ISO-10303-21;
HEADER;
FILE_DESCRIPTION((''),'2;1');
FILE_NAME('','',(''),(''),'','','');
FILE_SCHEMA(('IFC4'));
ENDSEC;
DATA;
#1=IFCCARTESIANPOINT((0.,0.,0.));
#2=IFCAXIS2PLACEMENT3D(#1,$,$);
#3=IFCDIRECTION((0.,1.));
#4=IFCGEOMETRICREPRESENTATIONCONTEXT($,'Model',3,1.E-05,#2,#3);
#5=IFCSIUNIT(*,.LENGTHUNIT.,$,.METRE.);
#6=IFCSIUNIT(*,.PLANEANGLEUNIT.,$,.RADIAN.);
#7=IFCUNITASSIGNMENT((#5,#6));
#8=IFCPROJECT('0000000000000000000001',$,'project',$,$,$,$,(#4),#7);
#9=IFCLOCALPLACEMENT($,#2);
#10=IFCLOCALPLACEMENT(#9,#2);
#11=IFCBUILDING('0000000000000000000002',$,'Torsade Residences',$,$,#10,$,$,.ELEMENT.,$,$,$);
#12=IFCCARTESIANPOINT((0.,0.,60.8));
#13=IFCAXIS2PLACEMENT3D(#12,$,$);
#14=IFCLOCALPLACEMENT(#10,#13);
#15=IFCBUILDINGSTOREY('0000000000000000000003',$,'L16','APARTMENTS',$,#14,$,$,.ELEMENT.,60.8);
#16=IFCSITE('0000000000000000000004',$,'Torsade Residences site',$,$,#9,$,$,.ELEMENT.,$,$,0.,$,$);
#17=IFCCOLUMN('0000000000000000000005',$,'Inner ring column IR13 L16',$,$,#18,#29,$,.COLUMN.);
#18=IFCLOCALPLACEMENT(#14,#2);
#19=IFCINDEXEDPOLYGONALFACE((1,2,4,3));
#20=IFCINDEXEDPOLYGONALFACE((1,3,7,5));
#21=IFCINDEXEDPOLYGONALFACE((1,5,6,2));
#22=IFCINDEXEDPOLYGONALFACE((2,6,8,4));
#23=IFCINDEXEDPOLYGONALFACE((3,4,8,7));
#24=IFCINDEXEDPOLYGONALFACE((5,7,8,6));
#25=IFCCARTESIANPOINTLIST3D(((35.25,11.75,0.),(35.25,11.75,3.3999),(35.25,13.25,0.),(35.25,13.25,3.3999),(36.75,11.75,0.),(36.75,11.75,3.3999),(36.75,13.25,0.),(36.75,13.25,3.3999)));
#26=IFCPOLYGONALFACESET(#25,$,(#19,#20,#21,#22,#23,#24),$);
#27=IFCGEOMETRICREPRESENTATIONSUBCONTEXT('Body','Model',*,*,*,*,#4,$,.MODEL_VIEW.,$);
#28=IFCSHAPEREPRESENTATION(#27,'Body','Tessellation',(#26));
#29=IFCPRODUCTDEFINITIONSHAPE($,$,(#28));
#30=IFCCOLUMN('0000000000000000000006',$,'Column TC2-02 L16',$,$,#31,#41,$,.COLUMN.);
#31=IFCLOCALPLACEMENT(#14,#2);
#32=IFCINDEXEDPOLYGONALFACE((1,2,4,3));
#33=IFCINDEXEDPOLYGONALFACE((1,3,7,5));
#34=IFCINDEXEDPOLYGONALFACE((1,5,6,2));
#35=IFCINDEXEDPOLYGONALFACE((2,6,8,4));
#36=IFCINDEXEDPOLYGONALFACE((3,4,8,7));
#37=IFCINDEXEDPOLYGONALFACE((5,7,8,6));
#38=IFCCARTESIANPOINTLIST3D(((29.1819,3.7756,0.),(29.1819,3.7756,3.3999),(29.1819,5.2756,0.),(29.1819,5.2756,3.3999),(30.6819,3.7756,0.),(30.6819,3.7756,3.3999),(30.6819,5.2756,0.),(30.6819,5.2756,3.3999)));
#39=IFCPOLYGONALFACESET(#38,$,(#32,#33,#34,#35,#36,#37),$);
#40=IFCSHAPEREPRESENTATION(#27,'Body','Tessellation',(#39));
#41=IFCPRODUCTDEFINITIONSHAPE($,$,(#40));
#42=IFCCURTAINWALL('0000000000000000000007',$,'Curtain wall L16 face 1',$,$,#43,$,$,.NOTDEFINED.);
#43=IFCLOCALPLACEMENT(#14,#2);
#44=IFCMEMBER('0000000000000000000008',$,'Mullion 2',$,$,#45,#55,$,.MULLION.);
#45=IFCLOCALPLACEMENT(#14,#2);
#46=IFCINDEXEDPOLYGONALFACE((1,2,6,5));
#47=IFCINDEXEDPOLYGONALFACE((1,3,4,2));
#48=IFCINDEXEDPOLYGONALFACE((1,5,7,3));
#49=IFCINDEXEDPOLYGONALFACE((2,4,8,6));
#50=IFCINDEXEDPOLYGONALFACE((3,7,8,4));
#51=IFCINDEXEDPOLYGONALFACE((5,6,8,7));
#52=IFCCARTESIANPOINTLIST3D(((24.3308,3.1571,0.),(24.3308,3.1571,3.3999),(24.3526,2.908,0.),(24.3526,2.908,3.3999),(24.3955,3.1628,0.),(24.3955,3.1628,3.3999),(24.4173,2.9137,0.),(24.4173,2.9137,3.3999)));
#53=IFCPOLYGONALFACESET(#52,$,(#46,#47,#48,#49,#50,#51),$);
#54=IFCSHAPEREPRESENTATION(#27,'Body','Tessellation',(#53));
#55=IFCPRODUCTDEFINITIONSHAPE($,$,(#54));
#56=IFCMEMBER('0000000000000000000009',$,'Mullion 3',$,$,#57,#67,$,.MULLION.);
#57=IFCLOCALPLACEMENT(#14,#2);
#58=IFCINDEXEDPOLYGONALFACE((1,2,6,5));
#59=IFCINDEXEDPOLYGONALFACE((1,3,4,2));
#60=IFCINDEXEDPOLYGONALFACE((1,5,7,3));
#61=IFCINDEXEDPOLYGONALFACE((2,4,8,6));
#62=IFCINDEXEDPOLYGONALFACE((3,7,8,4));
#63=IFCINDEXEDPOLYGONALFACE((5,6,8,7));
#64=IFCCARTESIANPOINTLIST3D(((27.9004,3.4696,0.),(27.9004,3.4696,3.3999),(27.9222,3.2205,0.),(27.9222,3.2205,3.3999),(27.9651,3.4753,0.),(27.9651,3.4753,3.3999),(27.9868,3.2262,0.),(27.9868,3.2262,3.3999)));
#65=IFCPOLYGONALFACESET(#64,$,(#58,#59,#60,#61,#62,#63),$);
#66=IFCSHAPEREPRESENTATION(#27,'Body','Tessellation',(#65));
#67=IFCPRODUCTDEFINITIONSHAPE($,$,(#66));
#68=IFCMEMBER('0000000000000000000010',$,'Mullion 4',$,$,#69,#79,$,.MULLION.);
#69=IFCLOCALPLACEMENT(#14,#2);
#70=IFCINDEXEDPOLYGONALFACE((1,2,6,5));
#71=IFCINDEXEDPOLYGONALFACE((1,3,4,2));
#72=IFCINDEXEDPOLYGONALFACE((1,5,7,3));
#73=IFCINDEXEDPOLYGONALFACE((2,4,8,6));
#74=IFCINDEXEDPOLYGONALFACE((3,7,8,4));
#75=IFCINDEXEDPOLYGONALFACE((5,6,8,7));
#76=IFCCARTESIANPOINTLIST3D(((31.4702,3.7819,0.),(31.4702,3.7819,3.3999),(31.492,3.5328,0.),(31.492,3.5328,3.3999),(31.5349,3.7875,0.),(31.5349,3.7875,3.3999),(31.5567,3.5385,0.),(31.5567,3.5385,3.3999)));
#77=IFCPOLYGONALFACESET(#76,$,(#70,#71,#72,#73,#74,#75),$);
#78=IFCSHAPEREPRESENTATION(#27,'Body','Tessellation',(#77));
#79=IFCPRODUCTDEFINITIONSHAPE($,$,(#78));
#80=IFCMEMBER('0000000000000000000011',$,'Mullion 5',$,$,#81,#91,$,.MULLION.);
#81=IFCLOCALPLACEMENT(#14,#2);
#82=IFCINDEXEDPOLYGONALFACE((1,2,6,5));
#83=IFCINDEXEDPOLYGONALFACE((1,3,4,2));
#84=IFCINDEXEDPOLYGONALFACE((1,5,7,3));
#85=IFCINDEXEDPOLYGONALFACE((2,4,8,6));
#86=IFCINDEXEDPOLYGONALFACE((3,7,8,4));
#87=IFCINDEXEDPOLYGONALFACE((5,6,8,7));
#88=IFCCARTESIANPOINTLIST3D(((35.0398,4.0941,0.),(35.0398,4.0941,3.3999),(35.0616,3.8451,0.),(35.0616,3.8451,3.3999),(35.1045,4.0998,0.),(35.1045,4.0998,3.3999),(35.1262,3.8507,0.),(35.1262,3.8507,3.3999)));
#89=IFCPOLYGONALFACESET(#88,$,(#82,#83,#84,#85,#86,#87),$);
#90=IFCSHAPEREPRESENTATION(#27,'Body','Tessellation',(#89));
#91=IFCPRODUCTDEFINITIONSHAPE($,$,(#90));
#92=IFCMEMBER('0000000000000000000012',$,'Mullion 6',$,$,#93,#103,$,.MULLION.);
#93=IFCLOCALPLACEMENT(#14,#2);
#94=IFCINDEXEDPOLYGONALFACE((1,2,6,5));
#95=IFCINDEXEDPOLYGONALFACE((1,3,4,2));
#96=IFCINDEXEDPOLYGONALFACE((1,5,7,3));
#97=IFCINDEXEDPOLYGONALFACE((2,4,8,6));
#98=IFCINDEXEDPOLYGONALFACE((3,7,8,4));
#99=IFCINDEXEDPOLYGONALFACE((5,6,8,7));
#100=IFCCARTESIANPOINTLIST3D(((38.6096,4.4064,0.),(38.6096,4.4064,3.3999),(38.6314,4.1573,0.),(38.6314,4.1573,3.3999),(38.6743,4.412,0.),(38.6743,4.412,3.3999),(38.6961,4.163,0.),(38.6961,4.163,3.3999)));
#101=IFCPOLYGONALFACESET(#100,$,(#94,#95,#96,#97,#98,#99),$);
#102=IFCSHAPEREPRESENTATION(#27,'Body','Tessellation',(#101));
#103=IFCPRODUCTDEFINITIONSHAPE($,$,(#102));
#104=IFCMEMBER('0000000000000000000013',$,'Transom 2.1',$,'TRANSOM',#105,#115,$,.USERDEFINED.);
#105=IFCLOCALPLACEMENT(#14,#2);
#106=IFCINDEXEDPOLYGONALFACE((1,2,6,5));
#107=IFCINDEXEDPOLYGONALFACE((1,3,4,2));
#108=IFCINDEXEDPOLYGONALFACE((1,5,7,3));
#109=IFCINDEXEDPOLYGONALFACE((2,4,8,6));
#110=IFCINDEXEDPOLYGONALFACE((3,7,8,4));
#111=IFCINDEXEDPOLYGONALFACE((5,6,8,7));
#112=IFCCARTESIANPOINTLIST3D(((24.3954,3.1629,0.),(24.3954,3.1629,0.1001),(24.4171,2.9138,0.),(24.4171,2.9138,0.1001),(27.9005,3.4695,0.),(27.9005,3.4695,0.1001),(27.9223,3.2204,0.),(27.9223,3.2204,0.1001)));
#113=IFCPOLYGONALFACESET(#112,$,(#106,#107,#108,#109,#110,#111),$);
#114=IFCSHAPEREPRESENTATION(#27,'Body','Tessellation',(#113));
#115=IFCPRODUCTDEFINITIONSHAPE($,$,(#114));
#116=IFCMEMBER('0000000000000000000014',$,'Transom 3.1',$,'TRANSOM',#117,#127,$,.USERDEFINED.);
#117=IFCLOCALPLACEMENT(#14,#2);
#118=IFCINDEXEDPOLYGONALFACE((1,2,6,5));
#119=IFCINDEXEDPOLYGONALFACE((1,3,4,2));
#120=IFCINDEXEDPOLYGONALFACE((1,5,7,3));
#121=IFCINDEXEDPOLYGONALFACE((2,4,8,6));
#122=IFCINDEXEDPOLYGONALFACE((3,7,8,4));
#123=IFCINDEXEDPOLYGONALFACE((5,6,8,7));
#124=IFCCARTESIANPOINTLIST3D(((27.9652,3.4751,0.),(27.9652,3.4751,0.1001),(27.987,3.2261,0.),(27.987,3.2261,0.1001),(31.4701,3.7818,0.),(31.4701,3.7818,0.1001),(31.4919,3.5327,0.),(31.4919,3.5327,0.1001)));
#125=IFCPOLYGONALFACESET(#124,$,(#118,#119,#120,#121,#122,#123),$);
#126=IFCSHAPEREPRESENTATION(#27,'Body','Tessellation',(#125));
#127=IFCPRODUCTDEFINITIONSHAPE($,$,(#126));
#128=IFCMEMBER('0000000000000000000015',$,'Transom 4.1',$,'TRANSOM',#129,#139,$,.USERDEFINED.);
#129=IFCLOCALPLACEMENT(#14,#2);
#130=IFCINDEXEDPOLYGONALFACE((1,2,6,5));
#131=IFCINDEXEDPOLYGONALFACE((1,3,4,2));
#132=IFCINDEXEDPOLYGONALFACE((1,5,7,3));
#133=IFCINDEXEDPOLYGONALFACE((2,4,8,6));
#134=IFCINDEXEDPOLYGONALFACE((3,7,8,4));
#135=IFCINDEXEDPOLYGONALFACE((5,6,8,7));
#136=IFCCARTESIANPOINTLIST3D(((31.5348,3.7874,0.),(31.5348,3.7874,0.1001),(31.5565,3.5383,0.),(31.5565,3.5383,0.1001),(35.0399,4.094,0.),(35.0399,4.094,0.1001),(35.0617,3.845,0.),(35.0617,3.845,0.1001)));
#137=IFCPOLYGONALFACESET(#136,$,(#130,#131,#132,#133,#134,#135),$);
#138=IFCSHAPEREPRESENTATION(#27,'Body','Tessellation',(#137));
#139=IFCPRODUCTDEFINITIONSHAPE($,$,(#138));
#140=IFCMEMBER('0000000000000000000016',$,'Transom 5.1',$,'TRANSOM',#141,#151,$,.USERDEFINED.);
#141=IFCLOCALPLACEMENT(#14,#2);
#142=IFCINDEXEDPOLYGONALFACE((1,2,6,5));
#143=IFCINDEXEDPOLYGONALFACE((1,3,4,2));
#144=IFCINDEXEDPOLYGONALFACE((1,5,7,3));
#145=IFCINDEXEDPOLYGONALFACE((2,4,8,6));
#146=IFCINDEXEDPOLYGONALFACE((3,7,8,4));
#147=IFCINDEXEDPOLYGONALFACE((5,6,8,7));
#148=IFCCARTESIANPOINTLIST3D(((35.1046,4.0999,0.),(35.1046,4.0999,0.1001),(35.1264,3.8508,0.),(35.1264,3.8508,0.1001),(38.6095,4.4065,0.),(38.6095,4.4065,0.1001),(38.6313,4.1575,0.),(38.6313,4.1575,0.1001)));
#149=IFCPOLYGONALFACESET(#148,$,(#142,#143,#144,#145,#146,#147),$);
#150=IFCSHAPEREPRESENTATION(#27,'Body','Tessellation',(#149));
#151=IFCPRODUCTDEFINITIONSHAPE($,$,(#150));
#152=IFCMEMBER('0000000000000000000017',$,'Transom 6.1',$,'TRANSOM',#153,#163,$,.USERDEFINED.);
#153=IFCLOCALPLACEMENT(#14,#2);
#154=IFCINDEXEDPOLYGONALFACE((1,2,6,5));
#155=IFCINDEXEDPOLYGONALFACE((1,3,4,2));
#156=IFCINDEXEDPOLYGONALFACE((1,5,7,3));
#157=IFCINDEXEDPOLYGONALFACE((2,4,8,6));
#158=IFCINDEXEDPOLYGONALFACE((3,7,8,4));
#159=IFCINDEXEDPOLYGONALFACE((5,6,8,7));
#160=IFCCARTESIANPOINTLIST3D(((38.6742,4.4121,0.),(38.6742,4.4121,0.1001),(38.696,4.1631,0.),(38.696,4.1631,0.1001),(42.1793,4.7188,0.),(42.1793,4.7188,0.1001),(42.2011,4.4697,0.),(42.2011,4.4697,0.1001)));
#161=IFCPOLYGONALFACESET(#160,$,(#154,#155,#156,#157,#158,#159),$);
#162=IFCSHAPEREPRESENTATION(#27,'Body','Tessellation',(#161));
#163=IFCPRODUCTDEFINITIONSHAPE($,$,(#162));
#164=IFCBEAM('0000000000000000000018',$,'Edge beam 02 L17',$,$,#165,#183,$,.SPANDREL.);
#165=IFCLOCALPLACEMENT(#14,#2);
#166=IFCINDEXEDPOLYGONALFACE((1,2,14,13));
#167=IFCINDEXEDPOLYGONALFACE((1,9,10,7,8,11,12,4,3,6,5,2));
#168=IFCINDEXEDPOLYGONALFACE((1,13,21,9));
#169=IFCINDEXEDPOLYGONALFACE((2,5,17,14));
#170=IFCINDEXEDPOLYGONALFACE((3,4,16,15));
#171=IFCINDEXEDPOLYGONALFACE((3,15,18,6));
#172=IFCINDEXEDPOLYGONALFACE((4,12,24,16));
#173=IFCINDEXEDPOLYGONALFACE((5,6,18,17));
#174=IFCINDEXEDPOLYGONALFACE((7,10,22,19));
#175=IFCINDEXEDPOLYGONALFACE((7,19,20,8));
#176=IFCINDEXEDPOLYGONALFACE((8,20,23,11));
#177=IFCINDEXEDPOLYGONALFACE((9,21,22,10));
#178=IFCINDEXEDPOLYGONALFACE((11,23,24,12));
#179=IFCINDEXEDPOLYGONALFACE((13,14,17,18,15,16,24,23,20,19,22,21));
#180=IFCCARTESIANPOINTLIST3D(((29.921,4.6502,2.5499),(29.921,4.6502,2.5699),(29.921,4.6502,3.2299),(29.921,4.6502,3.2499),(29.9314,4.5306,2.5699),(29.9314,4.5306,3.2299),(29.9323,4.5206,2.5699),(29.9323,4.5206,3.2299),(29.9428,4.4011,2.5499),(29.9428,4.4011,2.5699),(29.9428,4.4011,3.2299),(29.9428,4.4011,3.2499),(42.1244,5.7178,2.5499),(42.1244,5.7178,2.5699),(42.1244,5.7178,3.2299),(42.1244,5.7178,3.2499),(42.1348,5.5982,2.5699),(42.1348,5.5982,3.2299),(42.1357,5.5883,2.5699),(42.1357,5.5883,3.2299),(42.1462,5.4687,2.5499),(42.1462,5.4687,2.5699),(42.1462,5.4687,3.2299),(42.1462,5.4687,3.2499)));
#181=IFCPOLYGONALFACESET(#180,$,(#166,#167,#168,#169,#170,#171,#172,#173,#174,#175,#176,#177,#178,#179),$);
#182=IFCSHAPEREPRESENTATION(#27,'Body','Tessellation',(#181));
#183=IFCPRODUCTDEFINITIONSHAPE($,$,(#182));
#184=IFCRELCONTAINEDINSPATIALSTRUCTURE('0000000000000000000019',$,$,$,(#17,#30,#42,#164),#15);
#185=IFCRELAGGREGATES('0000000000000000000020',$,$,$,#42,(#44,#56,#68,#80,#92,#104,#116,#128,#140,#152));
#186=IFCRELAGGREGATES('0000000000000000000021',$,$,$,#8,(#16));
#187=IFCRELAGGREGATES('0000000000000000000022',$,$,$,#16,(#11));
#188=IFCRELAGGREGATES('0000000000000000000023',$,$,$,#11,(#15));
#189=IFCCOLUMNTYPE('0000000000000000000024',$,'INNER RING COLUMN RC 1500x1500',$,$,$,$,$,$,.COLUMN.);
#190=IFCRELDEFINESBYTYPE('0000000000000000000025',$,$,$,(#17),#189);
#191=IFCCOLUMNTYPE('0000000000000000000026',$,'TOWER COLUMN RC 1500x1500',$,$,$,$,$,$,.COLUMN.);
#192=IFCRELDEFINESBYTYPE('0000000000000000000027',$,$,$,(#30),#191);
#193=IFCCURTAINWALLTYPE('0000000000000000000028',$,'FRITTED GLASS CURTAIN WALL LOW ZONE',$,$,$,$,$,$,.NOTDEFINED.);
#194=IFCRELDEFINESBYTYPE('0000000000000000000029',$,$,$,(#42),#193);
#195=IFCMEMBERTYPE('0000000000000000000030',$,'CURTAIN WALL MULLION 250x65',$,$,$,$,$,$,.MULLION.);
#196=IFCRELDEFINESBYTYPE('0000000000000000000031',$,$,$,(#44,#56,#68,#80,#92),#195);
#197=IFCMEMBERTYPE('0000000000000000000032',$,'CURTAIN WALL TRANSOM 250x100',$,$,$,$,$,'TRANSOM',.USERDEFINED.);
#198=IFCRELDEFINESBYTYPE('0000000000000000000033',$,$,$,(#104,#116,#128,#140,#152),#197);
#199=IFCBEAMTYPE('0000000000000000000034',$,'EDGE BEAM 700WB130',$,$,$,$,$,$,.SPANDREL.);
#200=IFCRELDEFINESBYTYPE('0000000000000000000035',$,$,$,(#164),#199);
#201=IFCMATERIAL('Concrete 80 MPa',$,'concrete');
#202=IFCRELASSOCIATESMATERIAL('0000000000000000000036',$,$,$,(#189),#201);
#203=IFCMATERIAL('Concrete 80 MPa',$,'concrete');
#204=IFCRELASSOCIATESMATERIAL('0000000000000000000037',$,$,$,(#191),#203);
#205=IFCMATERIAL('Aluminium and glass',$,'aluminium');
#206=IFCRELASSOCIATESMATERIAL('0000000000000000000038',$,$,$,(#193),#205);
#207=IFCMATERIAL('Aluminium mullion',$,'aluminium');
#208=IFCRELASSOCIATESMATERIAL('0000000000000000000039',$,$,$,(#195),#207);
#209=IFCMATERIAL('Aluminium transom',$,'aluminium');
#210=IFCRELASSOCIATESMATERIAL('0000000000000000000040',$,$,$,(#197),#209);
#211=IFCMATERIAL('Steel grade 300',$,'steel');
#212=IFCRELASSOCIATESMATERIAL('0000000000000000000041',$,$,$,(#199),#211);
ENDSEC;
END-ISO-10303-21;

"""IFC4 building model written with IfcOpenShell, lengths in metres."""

from ifc_helpers import new_model, si_unit, direction, frame, origin, origin_2d, place, context, subcontext, project, spatial, rectangle, i_section, extrude, material, material_profile, profile_set, type_object, element, aggregate, save


model = new_model("IFC4")

# Units and contexts
model_context = context("Model", 3, precision=1e-05, world=origin(), true_north=direction((0.0, 1.0)))
body_context = subcontext(model_context, "Body", "Model", "MODEL_VIEW")
ifc_project = project(units=[si_unit("LENGTHUNIT", "METRE"), si_unit("PLANEANGLEUNIT", "RADIAN")], contexts=[model_context])

# Site, building, storey
site_placement = place(None, origin())
site = spatial("IfcSite", under=ifc_project, at=site_placement, Name="Torsade Residences site", CompositionType="ELEMENT", RefElevation=0.0)
building_placement = place(site_placement, origin())
building = spatial("IfcBuilding", under=site, at=building_placement, Name="Torsade Residences", CompositionType="ELEMENT")
storey_placement = place(building_placement, frame((0.0, 0.0, 60.8)))
storey = spatial("IfcBuildingStorey", under=building, at=storey_placement, Name="L16", Description="APARTMENTS", CompositionType="ELEMENT", Elevation=60.8)

# Columns
ifc_material_1 = material(Name="Concrete 80 MPa", Category="concrete")
ifc_material_profile_1 = material_profile(ifc_material_1, rectangle(XDim=1.5, YDim=1.5, at=origin_2d()), Name="RC 1500x1500")
ifc_profile_set_1 = profile_set([ifc_material_profile_1], Name="Concrete 80 MPa")
column_type_1 = type_object("IfcColumnType", Name="INNER RING COLUMN RC 1500x1500", PredefinedType="COLUMN", material=ifc_profile_set_1)
column_1_placement = place(storey_placement, frame((36.0, 12.5, 0.0), z_axis=(0.0, 0.0, 1.0), x_axis=(1.0, 0.0, 0.0)))
element("IfcColumn", 1, at=column_1_placement, inside=storey, type_object=column_type_1, Name="Inner ring column IR13 L16", PredefinedType="COLUMN", context=body_context, shape_type="SweptSolid", body=[
    extrude(rectangle(XDim=1.5, YDim=1.5, at=origin_2d()), origin(), (0.0, 0.0, 1.0), 3.3999),
])
ifc_material_2 = material(Name="Concrete 80 MPa", Category="concrete")
ifc_material_profile_2 = material_profile(ifc_material_2, rectangle(XDim=1.5, YDim=1.5, at=origin_2d()), Name="RC 1500x1500")
ifc_profile_set_2 = profile_set([ifc_material_profile_2], Name="Concrete 80 MPa")
column_type_2 = type_object("IfcColumnType", Name="TOWER COLUMN RC 1500x1500", PredefinedType="COLUMN", material=ifc_profile_set_2)
column_2_placement = place(storey_placement, frame((29.9319, 4.5256, 0.0), z_axis=(0.0, 0.0, 1.0), x_axis=(1.0, 0.0, 0.0)))
element("IfcColumn", 2, at=column_2_placement, inside=storey, type_object=column_type_2, Name="Column TC2-02 L16", PredefinedType="COLUMN", context=body_context, shape_type="SweptSolid", body=[
    extrude(rectangle(XDim=1.5, YDim=1.5, at=origin_2d()), origin(), (0.0, 0.0, 1.0), 3.3999),
])

# Curtain wall, members
ifc_material_3 = material(Name="Aluminium and glass", Category="aluminium")
curtain_wall_type = type_object("IfcCurtainWallType", Name="FRITTED GLASS CURTAIN WALL LOW ZONE", PredefinedType="NOTDEFINED", material=ifc_material_3)
curtain_wall_placement = place(storey_placement, origin())
curtain_wall = element("IfcCurtainWall", 3, at=curtain_wall_placement, inside=storey, type_object=curtain_wall_type, Name="Curtain wall L16 face 1", PredefinedType="NOTDEFINED")
ifc_material_4 = material(Name="Aluminium mullion", Category="aluminium")
ifc_material_profile_3 = material_profile(ifc_material_4, rectangle(XDim=0.25, YDim=0.0649, at=origin_2d()), Name="CURTAIN WALL MULLION 250x65")
ifc_profile_set_3 = profile_set([ifc_material_profile_3], Name="Aluminium mullion")
member_type_1 = type_object("IfcMemberType", Name="CURTAIN WALL MULLION 250x65", PredefinedType="MULLION", material=ifc_profile_set_3)
member_1_placement = place(storey_placement, frame((24.374, 3.0354, 0.0), z_axis=(0.0, 0.0, 1.0), x_axis=(-0.087156, 0.996195, 0.0)))
member_1 = element("IfcMember", 4, at=member_1_placement, type_object=member_type_1, Name="Mullion 2", PredefinedType="MULLION", context=body_context, shape_type="SweptSolid", body=[
    extrude(rectangle(XDim=0.25, YDim=0.0649, at=origin_2d()), origin(), (0.0, 0.0, 1.0), 3.3999),
])
member_2_placement = place(storey_placement, frame((27.9436, 3.3479, 0.0), z_axis=(0.0, 0.0, 1.0), x_axis=(-0.087156, 0.996195, 0.0)))
member_2 = element("IfcMember", 5, at=member_2_placement, type_object=member_type_1, Name="Mullion 3", PredefinedType="MULLION", context=body_context, shape_type="SweptSolid", body=[
    extrude(rectangle(XDim=0.25, YDim=0.0649, at=origin_2d()), origin(), (0.0, 0.0, 1.0), 3.3999),
])
member_3_placement = place(storey_placement, frame((31.5134, 3.6602, 0.0), z_axis=(0.0, 0.0, 1.0), x_axis=(-0.087156, 0.996195, 0.0)))
member_3 = element("IfcMember", 6, at=member_3_placement, type_object=member_type_1, Name="Mullion 4", PredefinedType="MULLION", context=body_context, shape_type="SweptSolid", body=[
    extrude(rectangle(XDim=0.25, YDim=0.0649, at=origin_2d()), origin(), (0.0, 0.0, 1.0), 3.3999),
])
member_4_placement = place(storey_placement, frame((35.083, 3.9724, 0.0), z_axis=(0.0, 0.0, 1.0), x_axis=(-0.087156, 0.996195, 0.0)))
member_4 = element("IfcMember", 7, at=member_4_placement, type_object=member_type_1, Name="Mullion 5", PredefinedType="MULLION", context=body_context, shape_type="SweptSolid", body=[
    extrude(rectangle(XDim=0.25, YDim=0.0649, at=origin_2d()), origin(), (0.0, 0.0, 1.0), 3.3999),
])
member_5_placement = place(storey_placement, frame((38.6528, 4.2847, 0.0), z_axis=(0.0, 0.0, 1.0), x_axis=(-0.087156, 0.996195, 0.0)))
member_5 = element("IfcMember", 8, at=member_5_placement, type_object=member_type_1, Name="Mullion 6", PredefinedType="MULLION", context=body_context, shape_type="SweptSolid", body=[
    extrude(rectangle(XDim=0.25, YDim=0.0649, at=origin_2d()), origin(), (0.0, 0.0, 1.0), 3.3999),
])
ifc_material_5 = material(Name="Aluminium transom", Category="aluminium")
ifc_material_profile_4 = material_profile(ifc_material_5, rectangle(XDim=0.25, YDim=0.1001, at=origin_2d()), Name="CURTAIN WALL TRANSOM 250x100")
ifc_profile_set_4 = profile_set([ifc_material_profile_4], Name="Aluminium transom")
member_type_2 = type_object("IfcMemberType", Name="CURTAIN WALL TRANSOM 250x100", ElementType="TRANSOM", PredefinedType="USERDEFINED", material=ifc_profile_set_4)
member_6_placement = place(storey_placement, frame((24.4062, 3.0383, 0.05), z_axis=(0.996195, 0.087151, 0.0), x_axis=(-0.087151, 0.996195, 0.0)))
member_6 = element("IfcMember", 9, at=member_6_placement, type_object=member_type_2, Name="Transom 2.1", ObjectType="TRANSOM", PredefinedType="USERDEFINED", context=body_context, shape_type="SweptSolid", body=[
    extrude(rectangle(XDim=0.25, YDim=0.1001, at=origin_2d()), origin(), (0.0, 0.0, 1.0), 3.5186),
])
member_7_placement = place(storey_placement, frame((27.9761, 3.3506, 0.05), z_axis=(0.996195, 0.087157, 0.0), x_axis=(-0.087157, 0.996195, 0.0)))
member_7 = element("IfcMember", 10, at=member_7_placement, type_object=member_type_2, Name="Transom 3.1", ObjectType="TRANSOM", PredefinedType="USERDEFINED", context=body_context, shape_type="SweptSolid", body=[
    extrude(rectangle(XDim=0.25, YDim=0.1001, at=origin_2d()), origin(), (0.0, 0.0, 1.0), 3.5183),
])
member_8_placement = place(storey_placement, frame((31.5457, 3.6628, 0.05), z_axis=(0.996195, 0.087151, 0.0), x_axis=(-0.087151, 0.996195, 0.0)))
member_8 = element("IfcMember", 11, at=member_8_placement, type_object=member_type_2, Name="Transom 4.1", ObjectType="TRANSOM", PredefinedType="USERDEFINED", context=body_context, shape_type="SweptSolid", body=[
    extrude(rectangle(XDim=0.25, YDim=0.1001, at=origin_2d()), origin(), (0.0, 0.0, 1.0), 3.5186),
])
member_9_placement = place(storey_placement, frame((35.1155, 3.9753, 0.05), z_axis=(0.996195, 0.087157, 0.0), x_axis=(-0.087157, 0.996195, 0.0)))
member_9 = element("IfcMember", 12, at=member_9_placement, type_object=member_type_2, Name="Transom 5.1", ObjectType="TRANSOM", PredefinedType="USERDEFINED", context=body_context, shape_type="SweptSolid", body=[
    extrude(rectangle(XDim=0.25, YDim=0.1001, at=origin_2d()), origin(), (0.0, 0.0, 1.0), 3.5183),
])
member_10_placement = place(storey_placement, frame((38.6851, 4.2876, 0.05), z_axis=(0.996195, 0.087151, 0.0), x_axis=(-0.087151, 0.996195, 0.0)))
member_10 = element("IfcMember", 13, at=member_10_placement, type_object=member_type_2, Name="Transom 6.1", ObjectType="TRANSOM", PredefinedType="USERDEFINED", context=body_context, shape_type="SweptSolid", body=[
    extrude(rectangle(XDim=0.25, YDim=0.1001, at=origin_2d()), origin(), (0.0, 0.0, 1.0), 3.5186),
])

# Beam
ifc_material_6 = material(Name="Steel grade 300", Category="steel")
ifc_material_profile_5 = material_profile(ifc_material_6, i_section(OverallWidth=0.25, OverallDepth=0.7, WebThickness=0.01, FlangeThickness=0.02, at=origin_2d()), Name="700WB130")
ifc_profile_set_5 = profile_set([ifc_material_profile_5], Name="Steel grade 300")
beam_type_1 = type_object("IfcBeamType", Name="EDGE BEAM 700WB130", PredefinedType="SPANDREL", material=ifc_profile_set_5)
beam_1_placement = place(storey_placement, frame((29.9319, 4.5256, 2.8999), z_axis=(0.996195, 0.087153, 0.0), x_axis=(-0.087153, 0.996195, 0.0)))
element("IfcBeam", 14, at=beam_1_placement, inside=storey, type_object=beam_type_1, Name="Edge beam 02 L17", PredefinedType="SPANDREL", context=body_context, shape_type="SweptSolid", body=[
    extrude(i_section(OverallWidth=0.25, OverallDepth=0.7, WebThickness=0.01, FlangeThickness=0.02, at=origin_2d()), origin(), (0.0, 0.0, 1.0), 12.25),
])

aggregate(curtain_wall, [member_1, member_2, member_3, member_4, member_5, member_6, member_7, member_8, member_9, member_10])

save(model, "model.ifc")
